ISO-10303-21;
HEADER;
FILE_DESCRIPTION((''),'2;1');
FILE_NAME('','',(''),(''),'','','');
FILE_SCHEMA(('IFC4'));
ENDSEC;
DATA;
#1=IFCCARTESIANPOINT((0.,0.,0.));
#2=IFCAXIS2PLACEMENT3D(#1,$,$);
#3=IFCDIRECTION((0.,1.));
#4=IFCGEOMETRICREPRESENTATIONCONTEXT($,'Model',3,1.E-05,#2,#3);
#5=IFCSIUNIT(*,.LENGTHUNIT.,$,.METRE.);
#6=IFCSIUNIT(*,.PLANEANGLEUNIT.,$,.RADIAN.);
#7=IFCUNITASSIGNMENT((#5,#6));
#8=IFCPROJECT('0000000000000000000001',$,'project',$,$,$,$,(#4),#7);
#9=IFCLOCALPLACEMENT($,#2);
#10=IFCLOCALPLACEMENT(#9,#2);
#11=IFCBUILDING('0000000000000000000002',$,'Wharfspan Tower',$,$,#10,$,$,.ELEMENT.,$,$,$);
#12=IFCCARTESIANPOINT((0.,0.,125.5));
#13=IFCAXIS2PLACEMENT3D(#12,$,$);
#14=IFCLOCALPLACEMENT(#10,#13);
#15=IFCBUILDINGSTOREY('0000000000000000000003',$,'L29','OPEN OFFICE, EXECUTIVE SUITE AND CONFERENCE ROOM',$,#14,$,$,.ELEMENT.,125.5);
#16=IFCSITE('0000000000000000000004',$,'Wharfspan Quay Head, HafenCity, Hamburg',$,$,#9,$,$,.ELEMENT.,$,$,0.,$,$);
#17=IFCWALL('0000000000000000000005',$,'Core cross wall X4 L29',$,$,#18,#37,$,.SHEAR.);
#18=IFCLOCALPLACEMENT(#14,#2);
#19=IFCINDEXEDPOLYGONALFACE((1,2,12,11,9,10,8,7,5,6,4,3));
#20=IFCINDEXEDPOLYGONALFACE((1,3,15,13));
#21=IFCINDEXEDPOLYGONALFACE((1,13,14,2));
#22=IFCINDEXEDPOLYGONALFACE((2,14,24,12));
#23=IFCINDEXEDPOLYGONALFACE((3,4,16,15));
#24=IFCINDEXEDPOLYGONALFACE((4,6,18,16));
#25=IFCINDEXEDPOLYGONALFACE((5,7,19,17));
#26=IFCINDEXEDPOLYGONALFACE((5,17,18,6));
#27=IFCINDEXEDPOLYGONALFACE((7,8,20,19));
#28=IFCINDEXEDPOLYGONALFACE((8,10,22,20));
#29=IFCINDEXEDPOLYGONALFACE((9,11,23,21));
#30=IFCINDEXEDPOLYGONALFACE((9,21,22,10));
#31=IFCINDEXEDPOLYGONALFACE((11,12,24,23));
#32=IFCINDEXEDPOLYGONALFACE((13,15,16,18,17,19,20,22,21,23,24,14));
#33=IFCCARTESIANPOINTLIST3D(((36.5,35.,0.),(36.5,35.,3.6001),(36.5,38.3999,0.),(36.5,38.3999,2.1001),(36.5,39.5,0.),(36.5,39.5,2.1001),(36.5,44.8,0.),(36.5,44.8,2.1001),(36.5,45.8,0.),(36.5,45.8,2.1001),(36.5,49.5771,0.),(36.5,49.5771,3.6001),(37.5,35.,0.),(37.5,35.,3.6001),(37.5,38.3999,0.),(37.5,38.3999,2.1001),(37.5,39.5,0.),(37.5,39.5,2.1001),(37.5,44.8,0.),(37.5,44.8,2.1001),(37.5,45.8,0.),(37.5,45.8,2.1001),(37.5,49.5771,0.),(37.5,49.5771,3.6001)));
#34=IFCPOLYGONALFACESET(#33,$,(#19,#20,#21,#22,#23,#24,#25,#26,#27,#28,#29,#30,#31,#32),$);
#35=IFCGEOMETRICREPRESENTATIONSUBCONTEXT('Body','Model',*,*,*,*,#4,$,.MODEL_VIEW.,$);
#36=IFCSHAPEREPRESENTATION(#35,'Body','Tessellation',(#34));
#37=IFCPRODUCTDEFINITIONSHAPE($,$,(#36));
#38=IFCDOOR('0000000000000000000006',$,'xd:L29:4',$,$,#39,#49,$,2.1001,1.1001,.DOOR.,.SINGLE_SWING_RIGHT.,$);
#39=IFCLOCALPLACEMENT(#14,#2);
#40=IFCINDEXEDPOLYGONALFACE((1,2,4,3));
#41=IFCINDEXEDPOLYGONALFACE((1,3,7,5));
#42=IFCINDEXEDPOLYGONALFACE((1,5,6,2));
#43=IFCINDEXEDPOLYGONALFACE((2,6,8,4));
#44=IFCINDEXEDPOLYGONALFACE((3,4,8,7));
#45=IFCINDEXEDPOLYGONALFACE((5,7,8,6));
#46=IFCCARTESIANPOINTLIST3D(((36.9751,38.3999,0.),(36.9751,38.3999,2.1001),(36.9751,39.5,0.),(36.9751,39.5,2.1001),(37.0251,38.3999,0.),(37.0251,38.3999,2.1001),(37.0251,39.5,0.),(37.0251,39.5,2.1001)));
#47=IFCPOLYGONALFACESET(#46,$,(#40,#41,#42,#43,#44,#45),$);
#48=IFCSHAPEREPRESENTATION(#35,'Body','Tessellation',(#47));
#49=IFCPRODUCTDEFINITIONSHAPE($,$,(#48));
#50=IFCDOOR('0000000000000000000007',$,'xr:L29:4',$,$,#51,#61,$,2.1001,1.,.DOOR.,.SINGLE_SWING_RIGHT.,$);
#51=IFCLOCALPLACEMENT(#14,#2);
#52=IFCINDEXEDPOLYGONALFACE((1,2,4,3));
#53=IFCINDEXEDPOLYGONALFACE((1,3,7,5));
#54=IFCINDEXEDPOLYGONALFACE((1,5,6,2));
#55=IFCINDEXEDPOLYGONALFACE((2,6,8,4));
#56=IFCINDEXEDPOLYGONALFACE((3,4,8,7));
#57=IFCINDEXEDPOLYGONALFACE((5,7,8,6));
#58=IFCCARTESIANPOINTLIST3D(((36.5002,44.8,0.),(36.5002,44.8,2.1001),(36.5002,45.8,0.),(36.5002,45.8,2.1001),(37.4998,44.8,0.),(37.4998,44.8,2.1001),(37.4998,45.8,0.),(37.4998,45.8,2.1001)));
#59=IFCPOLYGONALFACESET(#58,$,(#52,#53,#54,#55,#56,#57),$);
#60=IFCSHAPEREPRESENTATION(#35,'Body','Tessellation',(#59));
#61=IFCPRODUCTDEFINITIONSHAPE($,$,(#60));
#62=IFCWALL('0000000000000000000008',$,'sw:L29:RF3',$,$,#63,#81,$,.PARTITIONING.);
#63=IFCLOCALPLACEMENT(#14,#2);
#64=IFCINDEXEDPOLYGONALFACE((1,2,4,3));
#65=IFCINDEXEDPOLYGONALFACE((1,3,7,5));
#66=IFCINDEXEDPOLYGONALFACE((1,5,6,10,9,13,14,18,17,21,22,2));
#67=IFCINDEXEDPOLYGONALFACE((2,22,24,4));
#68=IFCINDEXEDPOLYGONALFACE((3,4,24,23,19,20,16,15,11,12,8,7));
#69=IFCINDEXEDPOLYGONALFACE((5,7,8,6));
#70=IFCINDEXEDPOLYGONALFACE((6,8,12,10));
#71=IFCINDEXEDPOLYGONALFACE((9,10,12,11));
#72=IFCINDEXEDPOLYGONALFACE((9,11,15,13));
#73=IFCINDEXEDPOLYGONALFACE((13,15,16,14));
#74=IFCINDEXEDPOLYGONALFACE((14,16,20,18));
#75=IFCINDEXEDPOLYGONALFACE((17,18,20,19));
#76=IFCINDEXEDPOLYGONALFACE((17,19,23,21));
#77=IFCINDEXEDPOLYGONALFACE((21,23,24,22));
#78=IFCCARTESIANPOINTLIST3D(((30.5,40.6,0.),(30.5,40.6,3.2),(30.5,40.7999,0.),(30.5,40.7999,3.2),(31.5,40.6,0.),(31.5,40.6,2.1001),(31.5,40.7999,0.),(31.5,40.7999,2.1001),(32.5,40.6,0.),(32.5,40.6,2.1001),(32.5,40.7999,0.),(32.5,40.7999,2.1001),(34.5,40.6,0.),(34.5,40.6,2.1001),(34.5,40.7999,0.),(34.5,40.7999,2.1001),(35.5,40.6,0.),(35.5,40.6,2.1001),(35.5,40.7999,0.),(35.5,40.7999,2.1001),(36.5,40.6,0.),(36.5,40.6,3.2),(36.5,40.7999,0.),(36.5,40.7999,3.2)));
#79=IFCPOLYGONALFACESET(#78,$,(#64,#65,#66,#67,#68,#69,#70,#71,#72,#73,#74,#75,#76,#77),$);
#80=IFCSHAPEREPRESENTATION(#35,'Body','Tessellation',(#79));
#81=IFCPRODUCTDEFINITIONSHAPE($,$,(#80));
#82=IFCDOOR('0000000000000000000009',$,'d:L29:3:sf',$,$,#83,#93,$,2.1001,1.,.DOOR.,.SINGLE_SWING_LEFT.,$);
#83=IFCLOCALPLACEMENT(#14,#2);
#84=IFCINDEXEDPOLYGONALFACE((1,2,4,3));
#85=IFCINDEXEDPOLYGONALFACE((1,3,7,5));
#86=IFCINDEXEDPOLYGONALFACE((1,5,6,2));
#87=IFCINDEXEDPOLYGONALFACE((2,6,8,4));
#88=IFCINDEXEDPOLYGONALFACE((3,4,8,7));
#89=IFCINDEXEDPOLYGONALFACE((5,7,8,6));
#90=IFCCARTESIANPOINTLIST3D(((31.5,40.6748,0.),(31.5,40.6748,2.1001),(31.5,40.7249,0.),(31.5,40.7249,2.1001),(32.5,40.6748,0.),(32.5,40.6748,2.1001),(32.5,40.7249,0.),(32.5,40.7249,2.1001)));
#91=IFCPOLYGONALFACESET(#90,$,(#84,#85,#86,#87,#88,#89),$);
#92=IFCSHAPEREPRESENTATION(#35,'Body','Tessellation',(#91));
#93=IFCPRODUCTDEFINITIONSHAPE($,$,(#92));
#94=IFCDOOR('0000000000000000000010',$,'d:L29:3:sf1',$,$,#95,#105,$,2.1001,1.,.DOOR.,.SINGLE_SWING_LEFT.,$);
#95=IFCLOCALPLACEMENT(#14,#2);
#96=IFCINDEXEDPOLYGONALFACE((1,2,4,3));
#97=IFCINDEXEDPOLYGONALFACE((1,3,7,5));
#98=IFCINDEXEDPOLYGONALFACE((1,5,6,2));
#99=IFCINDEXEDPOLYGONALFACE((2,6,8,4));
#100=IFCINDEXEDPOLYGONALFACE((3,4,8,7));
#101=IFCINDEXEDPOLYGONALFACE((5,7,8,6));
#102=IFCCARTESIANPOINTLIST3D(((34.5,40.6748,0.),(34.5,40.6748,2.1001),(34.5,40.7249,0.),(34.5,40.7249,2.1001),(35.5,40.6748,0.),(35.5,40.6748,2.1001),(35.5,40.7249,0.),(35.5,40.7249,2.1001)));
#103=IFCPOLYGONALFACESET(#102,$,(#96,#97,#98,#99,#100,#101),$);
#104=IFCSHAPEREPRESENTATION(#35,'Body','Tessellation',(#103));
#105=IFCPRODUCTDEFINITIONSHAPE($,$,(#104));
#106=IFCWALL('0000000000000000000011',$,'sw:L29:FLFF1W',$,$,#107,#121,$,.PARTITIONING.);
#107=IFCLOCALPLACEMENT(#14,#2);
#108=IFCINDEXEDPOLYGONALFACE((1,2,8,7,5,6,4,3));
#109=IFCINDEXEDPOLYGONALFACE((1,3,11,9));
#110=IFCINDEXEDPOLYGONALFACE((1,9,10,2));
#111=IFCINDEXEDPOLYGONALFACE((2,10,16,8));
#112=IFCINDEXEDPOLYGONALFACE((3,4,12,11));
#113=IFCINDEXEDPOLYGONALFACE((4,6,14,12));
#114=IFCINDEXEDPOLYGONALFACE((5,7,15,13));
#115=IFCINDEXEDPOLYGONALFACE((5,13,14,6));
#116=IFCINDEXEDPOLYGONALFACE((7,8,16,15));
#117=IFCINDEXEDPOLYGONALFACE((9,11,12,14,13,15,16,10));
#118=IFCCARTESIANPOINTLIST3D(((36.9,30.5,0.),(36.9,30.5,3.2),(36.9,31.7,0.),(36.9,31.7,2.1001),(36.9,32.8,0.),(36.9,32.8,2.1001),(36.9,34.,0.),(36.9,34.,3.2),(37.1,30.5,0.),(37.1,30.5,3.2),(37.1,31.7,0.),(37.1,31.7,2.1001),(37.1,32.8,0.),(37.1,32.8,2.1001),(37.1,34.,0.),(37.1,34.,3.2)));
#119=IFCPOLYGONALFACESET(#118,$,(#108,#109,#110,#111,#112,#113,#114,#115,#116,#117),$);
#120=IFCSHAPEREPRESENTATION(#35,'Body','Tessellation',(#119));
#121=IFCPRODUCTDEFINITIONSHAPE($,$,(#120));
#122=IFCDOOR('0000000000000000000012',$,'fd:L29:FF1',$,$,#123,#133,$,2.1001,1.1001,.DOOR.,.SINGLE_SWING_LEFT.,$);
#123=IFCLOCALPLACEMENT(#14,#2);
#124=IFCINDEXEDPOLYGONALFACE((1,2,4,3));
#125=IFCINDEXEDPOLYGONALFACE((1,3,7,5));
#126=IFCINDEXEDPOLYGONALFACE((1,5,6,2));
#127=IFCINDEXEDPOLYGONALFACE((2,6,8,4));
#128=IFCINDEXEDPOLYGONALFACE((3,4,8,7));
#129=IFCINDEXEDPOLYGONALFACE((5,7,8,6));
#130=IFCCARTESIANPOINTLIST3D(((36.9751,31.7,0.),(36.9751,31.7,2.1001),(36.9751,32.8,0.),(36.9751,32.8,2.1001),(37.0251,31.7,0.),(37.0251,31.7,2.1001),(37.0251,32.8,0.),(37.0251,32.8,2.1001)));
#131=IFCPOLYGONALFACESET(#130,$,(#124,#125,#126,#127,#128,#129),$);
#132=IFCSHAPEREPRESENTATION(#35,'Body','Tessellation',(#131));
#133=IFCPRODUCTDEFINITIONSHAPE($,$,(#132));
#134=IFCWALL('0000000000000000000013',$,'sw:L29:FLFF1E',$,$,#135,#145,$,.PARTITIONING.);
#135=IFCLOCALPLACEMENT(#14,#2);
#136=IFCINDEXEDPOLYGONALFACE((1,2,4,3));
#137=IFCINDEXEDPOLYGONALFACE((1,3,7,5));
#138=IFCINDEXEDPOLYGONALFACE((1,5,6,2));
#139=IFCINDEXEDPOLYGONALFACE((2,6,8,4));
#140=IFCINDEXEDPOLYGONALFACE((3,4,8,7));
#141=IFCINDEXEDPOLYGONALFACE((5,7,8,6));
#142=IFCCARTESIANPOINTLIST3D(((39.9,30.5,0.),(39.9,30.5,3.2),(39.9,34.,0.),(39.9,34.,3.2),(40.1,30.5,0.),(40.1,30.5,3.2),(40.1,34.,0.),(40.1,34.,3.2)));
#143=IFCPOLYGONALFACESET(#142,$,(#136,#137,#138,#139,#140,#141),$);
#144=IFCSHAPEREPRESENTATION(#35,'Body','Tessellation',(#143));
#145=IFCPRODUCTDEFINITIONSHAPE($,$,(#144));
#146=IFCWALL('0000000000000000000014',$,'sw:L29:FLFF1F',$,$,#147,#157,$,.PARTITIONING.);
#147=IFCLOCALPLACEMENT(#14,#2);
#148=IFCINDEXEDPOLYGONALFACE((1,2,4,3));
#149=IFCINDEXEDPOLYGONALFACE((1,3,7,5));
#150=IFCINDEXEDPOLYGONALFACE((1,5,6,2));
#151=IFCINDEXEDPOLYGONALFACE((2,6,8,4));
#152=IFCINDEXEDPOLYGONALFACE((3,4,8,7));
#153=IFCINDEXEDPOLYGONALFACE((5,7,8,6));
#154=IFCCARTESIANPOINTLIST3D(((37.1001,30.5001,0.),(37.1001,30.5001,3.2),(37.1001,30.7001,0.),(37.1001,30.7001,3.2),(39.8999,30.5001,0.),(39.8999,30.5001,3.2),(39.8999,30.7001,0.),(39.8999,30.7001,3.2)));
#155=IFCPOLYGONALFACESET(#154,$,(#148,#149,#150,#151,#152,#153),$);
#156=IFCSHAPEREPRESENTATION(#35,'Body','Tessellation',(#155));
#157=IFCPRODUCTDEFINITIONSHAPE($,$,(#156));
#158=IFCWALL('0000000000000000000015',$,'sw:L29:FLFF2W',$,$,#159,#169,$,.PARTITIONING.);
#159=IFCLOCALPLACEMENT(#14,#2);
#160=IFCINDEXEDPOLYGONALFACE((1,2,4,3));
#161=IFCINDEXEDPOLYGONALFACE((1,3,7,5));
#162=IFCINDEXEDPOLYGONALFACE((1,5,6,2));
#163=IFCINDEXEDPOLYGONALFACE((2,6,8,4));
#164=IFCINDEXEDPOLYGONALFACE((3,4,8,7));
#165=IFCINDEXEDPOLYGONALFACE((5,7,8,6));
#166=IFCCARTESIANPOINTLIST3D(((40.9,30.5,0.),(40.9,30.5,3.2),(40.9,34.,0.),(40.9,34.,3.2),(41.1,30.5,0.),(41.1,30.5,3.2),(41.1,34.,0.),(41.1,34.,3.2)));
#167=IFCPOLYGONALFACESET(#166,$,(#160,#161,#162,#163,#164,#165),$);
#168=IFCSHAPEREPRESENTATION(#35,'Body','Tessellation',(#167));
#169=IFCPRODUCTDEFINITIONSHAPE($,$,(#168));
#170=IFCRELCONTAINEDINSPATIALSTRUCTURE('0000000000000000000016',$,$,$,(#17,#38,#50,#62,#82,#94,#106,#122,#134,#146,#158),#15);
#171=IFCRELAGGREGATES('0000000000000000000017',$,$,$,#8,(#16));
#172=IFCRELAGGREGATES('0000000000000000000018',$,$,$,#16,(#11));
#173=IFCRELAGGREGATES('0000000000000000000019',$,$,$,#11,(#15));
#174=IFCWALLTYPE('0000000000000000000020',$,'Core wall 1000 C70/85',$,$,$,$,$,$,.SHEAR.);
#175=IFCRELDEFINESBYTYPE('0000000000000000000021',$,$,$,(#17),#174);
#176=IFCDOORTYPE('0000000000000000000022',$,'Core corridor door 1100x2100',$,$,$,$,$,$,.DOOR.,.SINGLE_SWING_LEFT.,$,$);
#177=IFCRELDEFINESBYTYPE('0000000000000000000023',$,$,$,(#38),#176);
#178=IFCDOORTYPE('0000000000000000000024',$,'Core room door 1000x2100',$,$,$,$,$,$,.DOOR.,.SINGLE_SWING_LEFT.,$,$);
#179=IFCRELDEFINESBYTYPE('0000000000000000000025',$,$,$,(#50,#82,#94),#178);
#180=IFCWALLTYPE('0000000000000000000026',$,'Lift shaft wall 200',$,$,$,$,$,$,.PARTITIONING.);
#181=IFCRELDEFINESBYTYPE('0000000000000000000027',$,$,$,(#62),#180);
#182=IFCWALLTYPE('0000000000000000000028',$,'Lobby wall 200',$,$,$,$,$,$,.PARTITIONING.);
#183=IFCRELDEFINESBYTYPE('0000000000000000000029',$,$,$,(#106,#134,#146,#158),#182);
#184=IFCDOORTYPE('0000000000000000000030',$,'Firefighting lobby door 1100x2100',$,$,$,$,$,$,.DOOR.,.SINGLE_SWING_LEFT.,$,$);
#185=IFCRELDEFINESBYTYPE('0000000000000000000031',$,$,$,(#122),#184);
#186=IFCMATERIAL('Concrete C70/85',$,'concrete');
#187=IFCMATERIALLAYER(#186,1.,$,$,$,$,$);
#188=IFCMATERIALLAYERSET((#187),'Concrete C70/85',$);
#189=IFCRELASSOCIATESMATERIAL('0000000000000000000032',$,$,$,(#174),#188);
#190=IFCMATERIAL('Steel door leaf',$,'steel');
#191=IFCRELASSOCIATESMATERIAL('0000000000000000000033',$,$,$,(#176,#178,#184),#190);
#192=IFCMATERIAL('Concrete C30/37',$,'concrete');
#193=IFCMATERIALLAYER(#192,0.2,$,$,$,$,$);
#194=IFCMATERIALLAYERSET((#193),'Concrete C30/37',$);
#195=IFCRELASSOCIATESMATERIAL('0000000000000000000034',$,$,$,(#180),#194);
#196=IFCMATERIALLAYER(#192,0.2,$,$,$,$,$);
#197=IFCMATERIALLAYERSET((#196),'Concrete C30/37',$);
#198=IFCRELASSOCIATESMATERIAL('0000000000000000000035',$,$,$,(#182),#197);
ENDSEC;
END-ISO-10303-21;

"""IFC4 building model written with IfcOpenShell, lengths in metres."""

from ifc_helpers import new_model, si_unit, direction, frame, frame_2d, origin, place, context, subcontext, project, spatial, rectangle, extrude, material, layer, layer_set, type_object, element, fill, save


model = new_model("IFC4")

# Units and contexts
model_context = context("Model", 3, precision=1e-05, world=origin(), true_north=direction((0.0, 1.0)))
body_context = subcontext(model_context, "Body", "Model", "MODEL_VIEW")
ifc_project = project(units=[si_unit("LENGTHUNIT", "METRE"), si_unit("PLANEANGLEUNIT", "RADIAN")], contexts=[model_context])

# Site, building, storey
site_placement = place(None, origin())
site = spatial("IfcSite", under=ifc_project, at=site_placement, Name="Wharfspan Quay Head, HafenCity, Hamburg", CompositionType="ELEMENT", RefElevation=0.0)
building_placement = place(site_placement, origin())
building = spatial("IfcBuilding", under=site, at=building_placement, Name="Wharfspan Tower", CompositionType="ELEMENT")
storey_placement = place(building_placement, frame((0.0, 0.0, 125.5)))
storey = spatial("IfcBuildingStorey", under=building, at=storey_placement, Name="L29", Description="OPEN OFFICE, EXECUTIVE SUITE AND CONFERENCE ROOM", CompositionType="ELEMENT", Elevation=125.5)

# Shared definitions
ifc_material_1 = material(Name="Concrete C70/85", Category="concrete")
ifc_layer_1 = layer(ifc_material_1, 1.0)
ifc_layer_set_1 = layer_set([ifc_layer_1], Name="Concrete C70/85")
wall_type_1 = type_object("IfcWallType", Name="Core wall 1000 C70/85", PredefinedType="SHEAR", material=ifc_layer_set_1)
ifc_material_2 = material(Name="Steel door leaf", Category="steel")
door_type_1 = type_object("IfcDoorType", Name="Core corridor door 1100x2100", OperationType="SINGLE_SWING_LEFT", PredefinedType="DOOR", material=ifc_material_2)

# Walls, openings, doors
wall_1_placement = place(storey_placement, frame((37.0, 35.0, 0.0), z_axis=(0.0, 0.0, 1.0), x_axis=(0.0, 1.0, 0.0)))
wall_1 = element("IfcWall", 1, at=wall_1_placement, inside=storey, type_object=wall_type_1, Name="Core cross wall X4 L29", PredefinedType="SHEAR", context=body_context, shape_type="SweptSolid", body=[
    extrude(rectangle(XDim=14.5771, YDim=1.0, at=frame_2d((7.2886, 0.0))), origin(), (0.0, 0.0, 1.0), 3.6001),
])
opening_1_placement = place(wall_1_placement, frame((3.3999, 0.0, 0.0)))
opening_1 = element("IfcOpeningElement", 2, at=opening_1_placement, cuts=wall_1, PredefinedType="OPENING", context=body_context, shape_type="SweptSolid", body=[
    extrude(rectangle(XDim=1.1001, YDim=2.1001, at=frame_2d((0.55, 1.05))), frame((0.0, 0.51, 0.0), z_axis=(0.0, -1.0, 0.0), x_axis=(1.0, 0.0, 0.0)), (0.0, 0.0, 1.0), 1.02),
])
opening_2_placement = place(wall_1_placement, frame((9.8, 0.0, 0.0)))
opening_2 = element("IfcOpeningElement", 3, at=opening_2_placement, cuts=wall_1, PredefinedType="OPENING", context=body_context, shape_type="SweptSolid", body=[
    extrude(rectangle(XDim=1.0, YDim=2.1001, at=frame_2d((0.5, 1.05))), frame((0.0, 0.51, 0.0), z_axis=(0.0, -1.0, 0.0), x_axis=(1.0, 0.0, 0.0)), (0.0, 0.0, 1.0), 1.02),
])
door_1_placement = place(opening_1_placement, origin())
door_1 = element("IfcDoor", 4, at=door_1_placement, inside=storey, type_object=door_type_1, Name="xd:L29:4", OperationType="SINGLE_SWING_RIGHT", OverallHeight=2.1001, OverallWidth=1.1001, PredefinedType="DOOR", context=body_context, shape_type="SweptSolid", body=[
    extrude(rectangle(XDim=1.1001, YDim=2.1001, at=frame_2d((0.55, 1.05))), frame((0.0, 0.0249, 0.0), z_axis=(0.0, -1.0, 0.0), x_axis=(1.0, 0.0, 0.0)), (0.0, 0.0, 1.0), 0.05),
])
fill(opening_1, door_1)
door_type_2 = type_object("IfcDoorType", Name="Core room door 1000x2100", OperationType="SINGLE_SWING_LEFT", PredefinedType="DOOR", material=ifc_material_2)
door_2_placement = place(opening_2_placement, origin())
door_2 = element("IfcDoor", 5, at=door_2_placement, inside=storey, type_object=door_type_2, Name="xr:L29:4", OperationType="SINGLE_SWING_RIGHT", OverallHeight=2.1001, OverallWidth=1.0, PredefinedType="DOOR", context=body_context, shape_type="SweptSolid", body=[
    extrude(rectangle(XDim=1.0, YDim=2.1001, at=frame_2d((0.5, 1.05))), frame((0.0, 0.4998, 0.0), z_axis=(0.0, -1.0, 0.0), x_axis=(1.0, 0.0, 0.0)), (0.0, 0.0, 1.0), 0.9995),
])
fill(opening_2, door_2)
ifc_material_3 = material(Name="Concrete C30/37", Category="concrete")
ifc_layer_2 = layer(ifc_material_3, 0.2)
ifc_layer_set_2 = layer_set([ifc_layer_2], Name="Concrete C30/37")
wall_type_2 = type_object("IfcWallType", Name="Lift shaft wall 200", PredefinedType="PARTITIONING", material=ifc_layer_set_2)
wall_2_placement = place(storey_placement, frame((30.5, 40.7, 0.0), z_axis=(0.0, 0.0, 1.0), x_axis=(1.0, 0.0, 0.0)))
wall_2 = element("IfcWall", 6, at=wall_2_placement, inside=storey, type_object=wall_type_2, Name="sw:L29:RF3", PredefinedType="PARTITIONING", context=body_context, shape_type="SweptSolid", body=[
    extrude(rectangle(XDim=6.0, YDim=0.2, at=frame_2d((3.0, 0.0))), origin(), (0.0, 0.0, 1.0), 3.2),
])
opening_3_placement = place(wall_2_placement, frame((1.0, 0.0, 0.0)))
opening_3 = element("IfcOpeningElement", 7, at=opening_3_placement, cuts=wall_2, PredefinedType="OPENING", context=body_context, shape_type="SweptSolid", body=[
    extrude(rectangle(XDim=1.0, YDim=2.1001, at=frame_2d((0.5, 1.05))), frame((0.0, 0.1099, 0.0), z_axis=(0.0, -1.0, 0.0), x_axis=(1.0, 0.0, 0.0)), (0.0, 0.0, 1.0), 0.22),
])
opening_4_placement = place(wall_2_placement, frame((4.0, 0.0, 0.0)))
opening_4 = element("IfcOpeningElement", 8, at=opening_4_placement, cuts=wall_2, PredefinedType="OPENING", context=body_context, shape_type="SweptSolid", body=[
    extrude(rectangle(XDim=1.0, YDim=2.1001, at=frame_2d((0.5, 1.05))), frame((0.0, 0.1099, 0.0), z_axis=(0.0, -1.0, 0.0), x_axis=(1.0, 0.0, 0.0)), (0.0, 0.0, 1.0), 0.22),
])
door_3_placement = place(opening_3_placement, origin())
door_3 = element("IfcDoor", 9, at=door_3_placement, inside=storey, type_object=door_type_2, Name="d:L29:3:sf", OperationType="SINGLE_SWING_LEFT", OverallHeight=2.1001, OverallWidth=1.0, PredefinedType="DOOR", context=body_context, shape_type="SweptSolid", body=[
    extrude(rectangle(XDim=1.0, YDim=2.1001, at=frame_2d((0.5, 1.05))), frame((0.0, 0.0249, 0.0), z_axis=(0.0, -1.0, 0.0), x_axis=(1.0, 0.0, 0.0)), (0.0, 0.0, 1.0), 0.05),
])
fill(opening_3, door_3)
door_4_placement = place(opening_4_placement, origin())
door_4 = element("IfcDoor", 10, at=door_4_placement, inside=storey, type_object=door_type_2, Name="d:L29:3:sf1", OperationType="SINGLE_SWING_LEFT", OverallHeight=2.1001, OverallWidth=1.0, PredefinedType="DOOR", context=body_context, shape_type="SweptSolid", body=[
    extrude(rectangle(XDim=1.0, YDim=2.1001, at=frame_2d((0.5, 1.05))), frame((0.0, 0.0249, 0.0), z_axis=(0.0, -1.0, 0.0), x_axis=(1.0, 0.0, 0.0)), (0.0, 0.0, 1.0), 0.05),
])
fill(opening_4, door_4)

# Wall, opening, door
ifc_layer_3 = layer(ifc_material_3, 0.2)
ifc_layer_set_3 = layer_set([ifc_layer_3], Name="Concrete C30/37")
wall_type_3 = type_object("IfcWallType", Name="Lobby wall 200", PredefinedType="PARTITIONING", material=ifc_layer_set_3)
wall_3_placement = place(storey_placement, frame((37.0, 30.5, 0.0), z_axis=(0.0, 0.0, 1.0), x_axis=(0.0, 1.0, 0.0)))
wall_3 = element("IfcWall", 11, at=wall_3_placement, inside=storey, type_object=wall_type_3, Name="sw:L29:FLFF1W", PredefinedType="PARTITIONING", context=body_context, shape_type="SweptSolid", body=[
    extrude(rectangle(XDim=3.5, YDim=0.2, at=frame_2d((1.75, 0.0))), origin(), (0.0, 0.0, 1.0), 3.2),
])
opening_5_placement = place(wall_3_placement, frame((1.2, 0.0, 0.0)))
opening_5 = element("IfcOpeningElement", 12, at=opening_5_placement, cuts=wall_3, PredefinedType="OPENING", context=body_context, shape_type="SweptSolid", body=[
    extrude(rectangle(XDim=1.1001, YDim=2.1001, at=frame_2d((0.55, 1.05))), frame((0.0, 0.1099, 0.0), z_axis=(0.0, -1.0, 0.0), x_axis=(1.0, 0.0, 0.0)), (0.0, 0.0, 1.0), 0.22),
])
door_type_3 = type_object("IfcDoorType", Name="Firefighting lobby door 1100x2100", OperationType="SINGLE_SWING_LEFT", PredefinedType="DOOR", material=ifc_material_2)
door_5_placement = place(opening_5_placement, origin())
door_5 = element("IfcDoor", 13, at=door_5_placement, inside=storey, type_object=door_type_3, Name="fd:L29:FF1", OperationType="SINGLE_SWING_LEFT", OverallHeight=2.1001, OverallWidth=1.1001, PredefinedType="DOOR", context=body_context, shape_type="SweptSolid", body=[
    extrude(rectangle(XDim=1.1001, YDim=2.1001, at=frame_2d((0.55, 1.05))), frame((0.0, 0.0249, 0.0), z_axis=(0.0, -1.0, 0.0), x_axis=(1.0, 0.0, 0.0)), (0.0, 0.0, 1.0), 0.05),
])
fill(opening_5, door_5)

# Walls
wall_4_placement = place(storey_placement, frame((40.0, 30.5, 0.0), z_axis=(0.0, 0.0, 1.0), x_axis=(0.0, 1.0, 0.0)))
element("IfcWall", 14, at=wall_4_placement, inside=storey, type_object=wall_type_3, Name="sw:L29:FLFF1E", PredefinedType="PARTITIONING", context=body_context, shape_type="SweptSolid", body=[
    extrude(rectangle(XDim=3.5, YDim=0.2, at=frame_2d((1.75, 0.0))), origin(), (0.0, 0.0, 1.0), 3.2),
])
wall_5_placement = place(storey_placement, frame((37.1001, 30.6001, 0.0), z_axis=(0.0, 0.0, 1.0), x_axis=(1.0, 0.0, 0.0)))
element("IfcWall", 15, at=wall_5_placement, inside=storey, type_object=wall_type_3, Name="sw:L29:FLFF1F", PredefinedType="PARTITIONING", context=body_context, shape_type="SweptSolid", body=[
    extrude(rectangle(XDim=2.7998, YDim=0.2, at=frame_2d((1.3999, 0.0))), origin(), (0.0, 0.0, 1.0), 3.2),
])
wall_6_placement = place(storey_placement, frame((41.0, 30.5, 0.0), z_axis=(0.0, 0.0, 1.0), x_axis=(0.0, 1.0, 0.0)))
element("IfcWall", 16, at=wall_6_placement, inside=storey, type_object=wall_type_3, Name="sw:L29:FLFF2W", PredefinedType="PARTITIONING", context=body_context, shape_type="SweptSolid", body=[
    extrude(rectangle(XDim=3.5, YDim=0.2, at=frame_2d((1.75, 0.0))), origin(), (0.0, 0.0, 1.0), 3.2),
])

save(model, "model.ifc")
